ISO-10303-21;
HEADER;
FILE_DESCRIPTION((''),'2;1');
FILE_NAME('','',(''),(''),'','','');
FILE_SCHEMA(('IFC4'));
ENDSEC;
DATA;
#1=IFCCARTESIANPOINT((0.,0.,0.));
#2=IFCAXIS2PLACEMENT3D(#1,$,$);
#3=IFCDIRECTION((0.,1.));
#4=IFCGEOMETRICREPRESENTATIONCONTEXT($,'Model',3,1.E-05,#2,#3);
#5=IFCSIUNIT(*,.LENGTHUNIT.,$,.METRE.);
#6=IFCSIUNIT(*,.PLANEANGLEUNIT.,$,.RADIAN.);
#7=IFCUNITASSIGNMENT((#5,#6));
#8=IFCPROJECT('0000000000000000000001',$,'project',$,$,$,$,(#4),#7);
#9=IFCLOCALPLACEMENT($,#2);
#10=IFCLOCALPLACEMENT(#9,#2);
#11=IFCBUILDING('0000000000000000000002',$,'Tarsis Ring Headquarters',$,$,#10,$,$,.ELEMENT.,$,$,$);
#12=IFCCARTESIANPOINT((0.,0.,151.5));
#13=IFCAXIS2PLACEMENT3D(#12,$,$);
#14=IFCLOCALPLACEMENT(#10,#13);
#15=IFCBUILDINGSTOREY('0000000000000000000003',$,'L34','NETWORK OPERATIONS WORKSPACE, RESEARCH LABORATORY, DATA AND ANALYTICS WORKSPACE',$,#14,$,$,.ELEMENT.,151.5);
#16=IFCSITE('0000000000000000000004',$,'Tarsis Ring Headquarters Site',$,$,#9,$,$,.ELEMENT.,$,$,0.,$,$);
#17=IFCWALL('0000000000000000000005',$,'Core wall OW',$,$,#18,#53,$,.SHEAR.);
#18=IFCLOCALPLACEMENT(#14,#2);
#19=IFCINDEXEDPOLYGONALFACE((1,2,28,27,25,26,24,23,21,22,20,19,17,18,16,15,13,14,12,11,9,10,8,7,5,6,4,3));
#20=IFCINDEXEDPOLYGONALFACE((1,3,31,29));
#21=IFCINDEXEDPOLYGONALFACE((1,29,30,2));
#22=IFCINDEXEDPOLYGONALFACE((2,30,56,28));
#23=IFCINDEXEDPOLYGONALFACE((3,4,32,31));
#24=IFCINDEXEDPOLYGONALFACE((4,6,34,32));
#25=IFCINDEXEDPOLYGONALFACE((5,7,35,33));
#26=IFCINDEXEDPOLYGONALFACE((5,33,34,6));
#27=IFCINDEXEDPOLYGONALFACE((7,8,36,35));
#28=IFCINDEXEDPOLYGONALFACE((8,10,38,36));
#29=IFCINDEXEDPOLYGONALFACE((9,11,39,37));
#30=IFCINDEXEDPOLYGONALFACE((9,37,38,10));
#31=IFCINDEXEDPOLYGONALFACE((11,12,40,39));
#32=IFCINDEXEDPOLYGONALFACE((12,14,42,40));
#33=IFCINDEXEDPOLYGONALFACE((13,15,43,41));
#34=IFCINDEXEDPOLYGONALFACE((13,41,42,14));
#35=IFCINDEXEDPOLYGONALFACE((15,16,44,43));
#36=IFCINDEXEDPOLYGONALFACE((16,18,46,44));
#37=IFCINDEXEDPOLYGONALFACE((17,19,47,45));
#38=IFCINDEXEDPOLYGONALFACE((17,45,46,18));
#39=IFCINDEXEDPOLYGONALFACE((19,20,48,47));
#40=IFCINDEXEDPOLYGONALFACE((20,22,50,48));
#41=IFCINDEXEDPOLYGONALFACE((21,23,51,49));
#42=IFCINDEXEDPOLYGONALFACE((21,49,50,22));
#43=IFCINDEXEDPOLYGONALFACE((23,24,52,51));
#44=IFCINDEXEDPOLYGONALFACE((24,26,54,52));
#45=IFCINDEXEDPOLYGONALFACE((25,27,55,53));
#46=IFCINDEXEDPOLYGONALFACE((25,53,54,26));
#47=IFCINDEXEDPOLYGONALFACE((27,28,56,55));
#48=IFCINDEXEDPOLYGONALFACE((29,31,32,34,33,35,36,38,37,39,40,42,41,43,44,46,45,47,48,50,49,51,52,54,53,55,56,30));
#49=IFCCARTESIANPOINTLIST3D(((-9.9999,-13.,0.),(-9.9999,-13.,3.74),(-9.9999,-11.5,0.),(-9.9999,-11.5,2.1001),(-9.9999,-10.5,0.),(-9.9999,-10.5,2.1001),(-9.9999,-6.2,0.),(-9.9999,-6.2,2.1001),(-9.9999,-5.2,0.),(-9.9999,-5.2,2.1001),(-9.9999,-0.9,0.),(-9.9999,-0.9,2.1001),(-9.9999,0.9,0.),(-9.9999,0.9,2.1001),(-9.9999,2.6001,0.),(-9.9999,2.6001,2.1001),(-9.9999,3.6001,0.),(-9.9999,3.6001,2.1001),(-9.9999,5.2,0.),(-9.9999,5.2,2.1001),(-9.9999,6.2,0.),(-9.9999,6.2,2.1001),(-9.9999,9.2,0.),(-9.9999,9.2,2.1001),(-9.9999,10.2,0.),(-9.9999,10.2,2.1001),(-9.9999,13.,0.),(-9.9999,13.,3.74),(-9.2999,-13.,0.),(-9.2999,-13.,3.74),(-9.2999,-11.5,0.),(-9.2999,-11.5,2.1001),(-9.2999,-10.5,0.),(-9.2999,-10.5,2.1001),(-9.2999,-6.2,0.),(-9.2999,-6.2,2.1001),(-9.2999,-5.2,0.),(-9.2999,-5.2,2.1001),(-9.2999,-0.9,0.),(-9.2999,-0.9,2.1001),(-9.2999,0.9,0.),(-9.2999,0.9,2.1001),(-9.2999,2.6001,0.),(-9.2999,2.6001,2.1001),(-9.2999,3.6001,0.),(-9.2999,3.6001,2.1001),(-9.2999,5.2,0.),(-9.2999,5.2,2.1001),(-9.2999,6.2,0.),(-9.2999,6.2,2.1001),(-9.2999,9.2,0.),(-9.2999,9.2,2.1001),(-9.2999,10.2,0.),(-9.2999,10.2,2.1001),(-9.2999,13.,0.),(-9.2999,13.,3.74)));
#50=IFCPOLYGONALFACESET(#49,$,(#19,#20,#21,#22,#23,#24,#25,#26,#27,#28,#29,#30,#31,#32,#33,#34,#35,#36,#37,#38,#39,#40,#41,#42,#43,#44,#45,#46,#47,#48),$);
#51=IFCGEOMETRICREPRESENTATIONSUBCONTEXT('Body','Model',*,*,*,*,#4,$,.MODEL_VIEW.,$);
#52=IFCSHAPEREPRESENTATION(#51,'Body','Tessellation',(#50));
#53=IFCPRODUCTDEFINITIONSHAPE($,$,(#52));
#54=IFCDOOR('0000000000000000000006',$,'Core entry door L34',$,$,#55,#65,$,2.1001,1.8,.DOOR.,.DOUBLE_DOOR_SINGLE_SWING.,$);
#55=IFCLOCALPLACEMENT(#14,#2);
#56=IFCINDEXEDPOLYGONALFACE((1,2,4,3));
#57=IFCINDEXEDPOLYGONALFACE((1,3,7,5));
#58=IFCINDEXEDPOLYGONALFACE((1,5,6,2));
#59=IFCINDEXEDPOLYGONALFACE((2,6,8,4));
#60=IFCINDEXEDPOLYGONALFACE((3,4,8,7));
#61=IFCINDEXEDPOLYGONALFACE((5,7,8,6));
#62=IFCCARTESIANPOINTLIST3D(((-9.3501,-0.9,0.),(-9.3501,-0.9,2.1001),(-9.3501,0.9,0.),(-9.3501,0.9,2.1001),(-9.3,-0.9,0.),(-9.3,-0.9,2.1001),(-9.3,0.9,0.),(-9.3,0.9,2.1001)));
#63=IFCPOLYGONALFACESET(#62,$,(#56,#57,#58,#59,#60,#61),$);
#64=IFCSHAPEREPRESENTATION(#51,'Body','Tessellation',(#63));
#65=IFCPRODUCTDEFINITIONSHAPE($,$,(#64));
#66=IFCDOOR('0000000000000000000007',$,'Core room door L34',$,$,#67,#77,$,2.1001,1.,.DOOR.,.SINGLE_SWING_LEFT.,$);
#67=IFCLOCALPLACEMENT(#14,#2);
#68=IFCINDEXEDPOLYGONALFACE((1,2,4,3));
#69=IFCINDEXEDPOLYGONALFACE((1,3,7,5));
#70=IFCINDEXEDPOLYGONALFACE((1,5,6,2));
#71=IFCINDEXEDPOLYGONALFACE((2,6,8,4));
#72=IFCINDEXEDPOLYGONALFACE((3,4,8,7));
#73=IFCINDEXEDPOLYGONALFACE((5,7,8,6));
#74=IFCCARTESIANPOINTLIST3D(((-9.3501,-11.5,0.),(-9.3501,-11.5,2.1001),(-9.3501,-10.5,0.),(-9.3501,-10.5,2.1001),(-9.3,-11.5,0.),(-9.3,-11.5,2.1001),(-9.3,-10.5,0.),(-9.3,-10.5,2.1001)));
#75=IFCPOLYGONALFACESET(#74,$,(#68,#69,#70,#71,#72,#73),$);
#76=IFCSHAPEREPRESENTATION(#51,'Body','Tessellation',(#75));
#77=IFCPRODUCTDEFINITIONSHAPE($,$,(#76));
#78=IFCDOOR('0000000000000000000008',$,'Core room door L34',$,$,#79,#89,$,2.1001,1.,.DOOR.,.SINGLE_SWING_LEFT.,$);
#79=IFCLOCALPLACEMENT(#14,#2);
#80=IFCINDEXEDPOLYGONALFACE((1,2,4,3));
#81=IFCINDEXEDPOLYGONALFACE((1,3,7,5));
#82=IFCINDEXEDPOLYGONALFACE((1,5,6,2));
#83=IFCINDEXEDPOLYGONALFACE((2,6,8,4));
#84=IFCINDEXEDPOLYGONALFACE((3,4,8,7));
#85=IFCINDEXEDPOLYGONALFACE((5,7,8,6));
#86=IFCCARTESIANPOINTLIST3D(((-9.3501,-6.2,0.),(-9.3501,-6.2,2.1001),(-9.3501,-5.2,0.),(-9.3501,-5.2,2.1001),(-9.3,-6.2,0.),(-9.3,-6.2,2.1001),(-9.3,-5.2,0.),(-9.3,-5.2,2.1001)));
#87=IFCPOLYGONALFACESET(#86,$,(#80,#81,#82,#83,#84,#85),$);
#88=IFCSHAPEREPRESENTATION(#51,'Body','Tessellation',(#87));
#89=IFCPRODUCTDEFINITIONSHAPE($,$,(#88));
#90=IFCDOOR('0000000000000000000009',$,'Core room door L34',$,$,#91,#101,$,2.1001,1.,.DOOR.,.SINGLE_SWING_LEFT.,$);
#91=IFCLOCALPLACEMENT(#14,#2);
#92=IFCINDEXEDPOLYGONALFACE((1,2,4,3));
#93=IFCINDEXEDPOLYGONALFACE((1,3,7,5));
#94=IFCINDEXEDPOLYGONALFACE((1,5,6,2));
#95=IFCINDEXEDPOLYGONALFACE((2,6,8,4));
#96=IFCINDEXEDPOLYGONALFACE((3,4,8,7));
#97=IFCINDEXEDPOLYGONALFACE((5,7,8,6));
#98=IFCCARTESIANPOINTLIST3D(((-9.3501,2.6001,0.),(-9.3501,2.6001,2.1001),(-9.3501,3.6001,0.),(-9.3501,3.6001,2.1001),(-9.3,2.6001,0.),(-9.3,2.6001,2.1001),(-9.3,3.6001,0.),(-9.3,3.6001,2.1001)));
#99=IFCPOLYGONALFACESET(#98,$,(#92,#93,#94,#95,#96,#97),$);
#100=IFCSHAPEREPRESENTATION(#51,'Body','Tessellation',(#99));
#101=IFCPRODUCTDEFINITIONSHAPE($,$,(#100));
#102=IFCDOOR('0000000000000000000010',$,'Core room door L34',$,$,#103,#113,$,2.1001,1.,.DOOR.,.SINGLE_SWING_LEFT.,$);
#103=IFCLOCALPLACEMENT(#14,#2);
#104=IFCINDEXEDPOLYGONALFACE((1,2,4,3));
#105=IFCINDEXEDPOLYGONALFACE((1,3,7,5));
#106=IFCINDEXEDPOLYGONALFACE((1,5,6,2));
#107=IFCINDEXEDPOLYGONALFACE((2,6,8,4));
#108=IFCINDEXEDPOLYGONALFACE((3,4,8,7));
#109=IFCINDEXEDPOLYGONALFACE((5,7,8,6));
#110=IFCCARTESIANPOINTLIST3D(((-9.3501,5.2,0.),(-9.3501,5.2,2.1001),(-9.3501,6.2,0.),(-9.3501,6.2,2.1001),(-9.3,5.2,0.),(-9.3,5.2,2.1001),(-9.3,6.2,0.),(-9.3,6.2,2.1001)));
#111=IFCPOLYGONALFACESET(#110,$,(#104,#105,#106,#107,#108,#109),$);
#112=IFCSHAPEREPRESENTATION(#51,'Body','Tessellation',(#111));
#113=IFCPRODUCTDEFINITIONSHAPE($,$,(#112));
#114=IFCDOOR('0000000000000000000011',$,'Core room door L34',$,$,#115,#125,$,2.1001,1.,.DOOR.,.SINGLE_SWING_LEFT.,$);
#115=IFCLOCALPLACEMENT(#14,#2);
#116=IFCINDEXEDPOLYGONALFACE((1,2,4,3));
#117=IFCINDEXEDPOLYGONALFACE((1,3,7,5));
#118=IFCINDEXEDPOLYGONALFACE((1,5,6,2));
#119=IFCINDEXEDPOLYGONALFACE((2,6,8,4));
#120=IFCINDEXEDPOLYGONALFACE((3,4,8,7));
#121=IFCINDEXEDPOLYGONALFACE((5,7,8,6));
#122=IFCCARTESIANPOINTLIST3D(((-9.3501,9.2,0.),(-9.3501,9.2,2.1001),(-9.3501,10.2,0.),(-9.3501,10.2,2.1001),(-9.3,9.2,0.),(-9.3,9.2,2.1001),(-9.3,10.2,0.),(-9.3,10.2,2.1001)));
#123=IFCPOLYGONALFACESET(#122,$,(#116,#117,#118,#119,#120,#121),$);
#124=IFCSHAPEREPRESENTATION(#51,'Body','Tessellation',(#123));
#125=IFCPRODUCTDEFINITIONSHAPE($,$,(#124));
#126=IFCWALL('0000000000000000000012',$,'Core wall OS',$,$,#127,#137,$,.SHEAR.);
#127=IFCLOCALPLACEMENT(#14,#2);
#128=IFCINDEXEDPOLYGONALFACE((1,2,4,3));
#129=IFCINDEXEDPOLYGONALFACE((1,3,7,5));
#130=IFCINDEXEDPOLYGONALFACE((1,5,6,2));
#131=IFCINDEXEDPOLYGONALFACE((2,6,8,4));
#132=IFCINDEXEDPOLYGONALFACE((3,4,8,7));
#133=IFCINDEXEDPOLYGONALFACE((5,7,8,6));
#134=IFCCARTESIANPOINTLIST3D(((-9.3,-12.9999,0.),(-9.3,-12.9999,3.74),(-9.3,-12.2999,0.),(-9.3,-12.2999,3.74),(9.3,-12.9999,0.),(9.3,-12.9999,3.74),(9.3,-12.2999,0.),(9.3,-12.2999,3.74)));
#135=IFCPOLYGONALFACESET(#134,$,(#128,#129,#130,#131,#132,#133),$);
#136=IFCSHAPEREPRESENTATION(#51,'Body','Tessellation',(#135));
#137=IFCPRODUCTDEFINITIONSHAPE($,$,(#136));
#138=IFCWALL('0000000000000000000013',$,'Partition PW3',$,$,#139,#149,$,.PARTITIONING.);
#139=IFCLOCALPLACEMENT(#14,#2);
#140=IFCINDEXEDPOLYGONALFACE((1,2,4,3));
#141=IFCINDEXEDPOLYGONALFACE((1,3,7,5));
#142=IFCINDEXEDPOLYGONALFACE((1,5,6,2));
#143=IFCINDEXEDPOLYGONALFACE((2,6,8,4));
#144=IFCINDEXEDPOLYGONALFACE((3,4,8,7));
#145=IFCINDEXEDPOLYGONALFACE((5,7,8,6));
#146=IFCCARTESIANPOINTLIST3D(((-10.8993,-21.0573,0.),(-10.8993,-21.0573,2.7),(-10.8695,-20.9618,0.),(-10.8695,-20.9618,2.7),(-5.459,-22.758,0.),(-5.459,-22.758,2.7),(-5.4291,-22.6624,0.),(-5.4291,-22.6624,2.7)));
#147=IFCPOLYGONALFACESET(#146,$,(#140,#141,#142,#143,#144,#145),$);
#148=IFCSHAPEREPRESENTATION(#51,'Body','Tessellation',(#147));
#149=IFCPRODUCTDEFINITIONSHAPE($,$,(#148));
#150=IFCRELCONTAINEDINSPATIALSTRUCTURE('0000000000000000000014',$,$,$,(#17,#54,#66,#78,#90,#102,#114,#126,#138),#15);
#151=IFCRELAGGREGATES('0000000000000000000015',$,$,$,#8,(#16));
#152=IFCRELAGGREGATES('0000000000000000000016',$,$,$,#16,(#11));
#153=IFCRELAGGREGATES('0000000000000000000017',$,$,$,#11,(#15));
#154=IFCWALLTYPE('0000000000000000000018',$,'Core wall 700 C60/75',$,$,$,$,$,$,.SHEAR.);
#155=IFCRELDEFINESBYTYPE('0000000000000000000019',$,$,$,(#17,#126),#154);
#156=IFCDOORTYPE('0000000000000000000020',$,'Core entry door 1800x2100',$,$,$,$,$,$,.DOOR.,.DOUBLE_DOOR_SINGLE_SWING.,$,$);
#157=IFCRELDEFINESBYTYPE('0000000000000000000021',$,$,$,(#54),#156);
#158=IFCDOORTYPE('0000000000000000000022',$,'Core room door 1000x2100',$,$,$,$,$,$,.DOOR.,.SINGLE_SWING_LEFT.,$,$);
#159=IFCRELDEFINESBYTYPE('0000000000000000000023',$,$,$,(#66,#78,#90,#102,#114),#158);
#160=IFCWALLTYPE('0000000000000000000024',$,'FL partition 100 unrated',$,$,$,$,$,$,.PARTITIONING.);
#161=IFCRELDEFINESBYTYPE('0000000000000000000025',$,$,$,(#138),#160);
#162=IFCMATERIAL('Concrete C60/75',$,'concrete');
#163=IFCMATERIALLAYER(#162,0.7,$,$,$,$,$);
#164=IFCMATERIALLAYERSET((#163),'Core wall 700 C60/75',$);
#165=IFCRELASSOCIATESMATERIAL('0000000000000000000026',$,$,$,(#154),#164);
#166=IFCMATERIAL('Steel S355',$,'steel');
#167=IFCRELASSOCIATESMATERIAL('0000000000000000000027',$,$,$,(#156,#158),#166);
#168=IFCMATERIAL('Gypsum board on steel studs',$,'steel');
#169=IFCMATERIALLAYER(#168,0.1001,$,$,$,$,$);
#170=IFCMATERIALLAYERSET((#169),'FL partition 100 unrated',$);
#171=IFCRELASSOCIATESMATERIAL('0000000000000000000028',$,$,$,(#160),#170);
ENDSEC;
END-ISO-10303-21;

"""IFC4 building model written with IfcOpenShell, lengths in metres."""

from ifc_helpers import new_model, si_unit, direction, frame, frame_2d, origin, place, context, subcontext, project, spatial, rectangle, extrude, material, layer, layer_set, type_object, element, fill, save


model = new_model("IFC4")

# Units and contexts
model_context = context("Model", 3, precision=1e-05, world=origin(), true_north=direction((0.0, 1.0)))
body_context = subcontext(model_context, "Body", "Model", "MODEL_VIEW")
ifc_project = project(units=[si_unit("LENGTHUNIT", "METRE"), si_unit("PLANEANGLEUNIT", "RADIAN")], contexts=[model_context])

# Site, building, storey
site_placement = place(None, origin())
site = spatial("IfcSite", under=ifc_project, at=site_placement, Name="Tarsis Ring Headquarters Site", CompositionType="ELEMENT", RefElevation=0.0)
building_placement = place(site_placement, origin())
building = spatial("IfcBuilding", under=site, at=building_placement, Name="Tarsis Ring Headquarters", CompositionType="ELEMENT")
storey_placement = place(building_placement, frame((0.0, 0.0, 151.5)))
storey = spatial("IfcBuildingStorey", under=building, at=storey_placement, Name="L34", Description="NETWORK OPERATIONS WORKSPACE, RESEARCH LABORATORY, DATA AND ANALYTICS WORKSPACE", CompositionType="ELEMENT", Elevation=151.5)

# Wall, openings, doors
ifc_material_1 = material(Name="Concrete C60/75", Category="concrete")
ifc_layer_1 = layer(ifc_material_1, 0.7)
ifc_layer_set_1 = layer_set([ifc_layer_1], Name="Core wall 700 C60/75")
wall_type_1 = type_object("IfcWallType", Name="Core wall 700 C60/75", PredefinedType="SHEAR", material=ifc_layer_set_1)
wall_1_placement = place(storey_placement, frame((-9.6499, -13.0, 0.0), z_axis=(0.0, 0.0, 1.0), x_axis=(0.0, 1.0, 0.0)))
wall_1 = element("IfcWall", 1, at=wall_1_placement, inside=storey, type_object=wall_type_1, Name="Core wall OW", PredefinedType="SHEAR", context=body_context, shape_type="SweptSolid", body=[
    extrude(rectangle(XDim=26.0, YDim=0.7, at=frame_2d((13.0, 0.0))), origin(), (0.0, 0.0, 1.0), 3.74),
])
opening_1_placement = place(wall_1_placement, frame((1.5, 0.0, 0.0)))
opening_1 = element("IfcOpeningElement", 2, at=opening_1_placement, cuts=wall_1, PredefinedType="OPENING", context=body_context, shape_type="SweptSolid", body=[
    extrude(rectangle(XDim=1.0, YDim=2.1001, at=frame_2d((0.5, 1.05))), frame((0.0, 0.3599, 0.0), z_axis=(0.0, -1.0, 0.0), x_axis=(1.0, 0.0, 0.0)), (0.0, 0.0, 1.0), 0.72),
])
opening_2_placement = place(wall_1_placement, frame((6.8, 0.0, 0.0)))
opening_2 = element("IfcOpeningElement", 3, at=opening_2_placement, cuts=wall_1, PredefinedType="OPENING", context=body_context, shape_type="SweptSolid", body=[
    extrude(rectangle(XDim=1.0, YDim=2.1001, at=frame_2d((0.5, 1.05))), frame((0.0, 0.3599, 0.0), z_axis=(0.0, -1.0, 0.0), x_axis=(1.0, 0.0, 0.0)), (0.0, 0.0, 1.0), 0.72),
])
opening_3_placement = place(wall_1_placement, frame((12.1001, 0.0, 0.0)))
opening_3 = element("IfcOpeningElement", 4, at=opening_3_placement, cuts=wall_1, PredefinedType="OPENING", context=body_context, shape_type="SweptSolid", body=[
    extrude(rectangle(XDim=1.8, YDim=2.1001, at=frame_2d((0.8999, 1.05))), frame((0.0, 0.3599, 0.0), z_axis=(0.0, -1.0, 0.0), x_axis=(1.0, 0.0, 0.0)), (0.0, 0.0, 1.0), 0.72),
])
opening_4_placement = place(wall_1_placement, frame((15.6001, 0.0, 0.0)))
opening_4 = element("IfcOpeningElement", 5, at=opening_4_placement, cuts=wall_1, PredefinedType="OPENING", context=body_context, shape_type="SweptSolid", body=[
    extrude(rectangle(XDim=1.0, YDim=2.1001, at=frame_2d((0.5, 1.05))), frame((0.0, 0.3599, 0.0), z_axis=(0.0, -1.0, 0.0), x_axis=(1.0, 0.0, 0.0)), (0.0, 0.0, 1.0), 0.72),
])
opening_5_placement = place(wall_1_placement, frame((18.2, 0.0, 0.0)))
opening_5 = element("IfcOpeningElement", 6, at=opening_5_placement, cuts=wall_1, PredefinedType="OPENING", context=body_context, shape_type="SweptSolid", body=[
    extrude(rectangle(XDim=1.0, YDim=2.1001, at=frame_2d((0.5, 1.05))), frame((0.0, 0.3599, 0.0), z_axis=(0.0, -1.0, 0.0), x_axis=(1.0, 0.0, 0.0)), (0.0, 0.0, 1.0), 0.72),
])
opening_6_placement = place(wall_1_placement, frame((22.2, 0.0, 0.0)))
opening_6 = element("IfcOpeningElement", 7, at=opening_6_placement, cuts=wall_1, PredefinedType="OPENING", context=body_context, shape_type="SweptSolid", body=[
    extrude(rectangle(XDim=1.0, YDim=2.1001, at=frame_2d((0.5, 1.05))), frame((0.0, 0.3599, 0.0), z_axis=(0.0, -1.0, 0.0), x_axis=(1.0, 0.0, 0.0)), (0.0, 0.0, 1.0), 0.72),
])
ifc_material_2 = material(Name="Steel S355", Category="steel")
door_type_1 = type_object("IfcDoorType", Name="Core entry door 1800x2100", OperationType="DOUBLE_DOOR_SINGLE_SWING", PredefinedType="DOOR", material=ifc_material_2)
door_1_placement = place(opening_3_placement, origin())
door_1 = element("IfcDoor", 8, at=door_1_placement, inside=storey, type_object=door_type_1, Name="Core entry door L34", OperationType="DOUBLE_DOOR_SINGLE_SWING", OverallHeight=2.1001, OverallWidth=1.8, PredefinedType="DOOR", context=body_context, shape_type="SweptSolid", body=[
    extrude(rectangle(XDim=1.8, YDim=2.1001, at=frame_2d((0.8999, 1.05))), frame((0.0, -0.2998, 0.0), z_axis=(0.0, -1.0, 0.0), x_axis=(1.0, 0.0, 0.0)), (0.0, 0.0, 1.0), 0.05),
])
fill(opening_3, door_1)
door_type_2 = type_object("IfcDoorType", Name="Core room door 1000x2100", OperationType="SINGLE_SWING_LEFT", PredefinedType="DOOR", material=ifc_material_2)
door_2_placement = place(opening_1_placement, origin())
door_2 = element("IfcDoor", 9, at=door_2_placement, inside=storey, type_object=door_type_2, Name="Core room door L34", OperationType="SINGLE_SWING_LEFT", OverallHeight=2.1001, OverallWidth=1.0, PredefinedType="DOOR", context=body_context, shape_type="SweptSolid", body=[
    extrude(rectangle(XDim=1.0, YDim=2.1001, at=frame_2d((0.5, 1.05))), frame((0.0, -0.2998, 0.0), z_axis=(0.0, -1.0, 0.0), x_axis=(1.0, 0.0, 0.0)), (0.0, 0.0, 1.0), 0.05),
])
fill(opening_1, door_2)
door_3_placement = place(opening_2_placement, origin())
door_3 = element("IfcDoor", 10, at=door_3_placement, inside=storey, type_object=door_type_2, Name="Core room door L34", OperationType="SINGLE_SWING_LEFT", OverallHeight=2.1001, OverallWidth=1.0, PredefinedType="DOOR", context=body_context, shape_type="SweptSolid", body=[
    extrude(rectangle(XDim=1.0, YDim=2.1001, at=frame_2d((0.5, 1.05))), frame((0.0, -0.2998, 0.0), z_axis=(0.0, -1.0, 0.0), x_axis=(1.0, 0.0, 0.0)), (0.0, 0.0, 1.0), 0.05),
])
fill(opening_2, door_3)
door_4_placement = place(opening_4_placement, origin())
door_4 = element("IfcDoor", 11, at=door_4_placement, inside=storey, type_object=door_type_2, Name="Core room door L34", OperationType="SINGLE_SWING_LEFT", OverallHeight=2.1001, OverallWidth=1.0, PredefinedType="DOOR", context=body_context, shape_type="SweptSolid", body=[
    extrude(rectangle(XDim=1.0, YDim=2.1001, at=frame_2d((0.5, 1.05))), frame((0.0, -0.2998, 0.0), z_axis=(0.0, -1.0, 0.0), x_axis=(1.0, 0.0, 0.0)), (0.0, 0.0, 1.0), 0.05),
])
fill(opening_4, door_4)
door_5_placement = place(opening_5_placement, origin())
door_5 = element("IfcDoor", 12, at=door_5_placement, inside=storey, type_object=door_type_2, Name="Core room door L34", OperationType="SINGLE_SWING_LEFT", OverallHeight=2.1001, OverallWidth=1.0, PredefinedType="DOOR", context=body_context, shape_type="SweptSolid", body=[
    extrude(rectangle(XDim=1.0, YDim=2.1001, at=frame_2d((0.5, 1.05))), frame((0.0, -0.2998, 0.0), z_axis=(0.0, -1.0, 0.0), x_axis=(1.0, 0.0, 0.0)), (0.0, 0.0, 1.0), 0.05),
])
fill(opening_5, door_5)
door_6_placement = place(opening_6_placement, origin())
door_6 = element("IfcDoor", 13, at=door_6_placement, inside=storey, type_object=door_type_2, Name="Core room door L34", OperationType="SINGLE_SWING_LEFT", OverallHeight=2.1001, OverallWidth=1.0, PredefinedType="DOOR", context=body_context, shape_type="SweptSolid", body=[
    extrude(rectangle(XDim=1.0, YDim=2.1001, at=frame_2d((0.5, 1.05))), frame((0.0, -0.2998, 0.0), z_axis=(0.0, -1.0, 0.0), x_axis=(1.0, 0.0, 0.0)), (0.0, 0.0, 1.0), 0.05),
])
fill(opening_6, door_6)

# Walls
wall_2_placement = place(storey_placement, frame((-9.3, -12.6499, 0.0), z_axis=(0.0, 0.0, 1.0), x_axis=(1.0, 0.0, 0.0)))
element("IfcWall", 14, at=wall_2_placement, inside=storey, type_object=wall_type_1, Name="Core wall OS", PredefinedType="SHEAR", context=body_context, shape_type="SweptSolid", body=[
    extrude(rectangle(XDim=18.6001, YDim=0.7, at=frame_2d((9.3, 0.0))), origin(), (0.0, 0.0, 1.0), 3.74),
])
ifc_material_3 = material(Name="Gypsum board on steel studs", Category="steel")
ifc_layer_2 = layer(ifc_material_3, 0.1001)
ifc_layer_set_2 = layer_set([ifc_layer_2], Name="FL partition 100 unrated")
wall_type_2 = type_object("IfcWallType", Name="FL partition 100 unrated", PredefinedType="PARTITIONING", material=ifc_layer_set_2)
wall_3_placement = place(storey_placement, frame((-10.8845, -21.0095, 0.0), z_axis=(0.0, 0.0, 1.0), x_axis=(0.954453, -0.298363, 0.0)))
element("IfcWall", 15, at=wall_3_placement, inside=storey, type_object=wall_type_2, Name="Partition PW3", PredefinedType="PARTITIONING", context=body_context, shape_type="SweptSolid", body=[
    extrude(rectangle(XDim=5.7, YDim=0.1001, at=frame_2d((2.8501, 0.0))), origin(), (0.0, 0.0, 1.0), 2.7),
])

save(model, "model.ifc")
